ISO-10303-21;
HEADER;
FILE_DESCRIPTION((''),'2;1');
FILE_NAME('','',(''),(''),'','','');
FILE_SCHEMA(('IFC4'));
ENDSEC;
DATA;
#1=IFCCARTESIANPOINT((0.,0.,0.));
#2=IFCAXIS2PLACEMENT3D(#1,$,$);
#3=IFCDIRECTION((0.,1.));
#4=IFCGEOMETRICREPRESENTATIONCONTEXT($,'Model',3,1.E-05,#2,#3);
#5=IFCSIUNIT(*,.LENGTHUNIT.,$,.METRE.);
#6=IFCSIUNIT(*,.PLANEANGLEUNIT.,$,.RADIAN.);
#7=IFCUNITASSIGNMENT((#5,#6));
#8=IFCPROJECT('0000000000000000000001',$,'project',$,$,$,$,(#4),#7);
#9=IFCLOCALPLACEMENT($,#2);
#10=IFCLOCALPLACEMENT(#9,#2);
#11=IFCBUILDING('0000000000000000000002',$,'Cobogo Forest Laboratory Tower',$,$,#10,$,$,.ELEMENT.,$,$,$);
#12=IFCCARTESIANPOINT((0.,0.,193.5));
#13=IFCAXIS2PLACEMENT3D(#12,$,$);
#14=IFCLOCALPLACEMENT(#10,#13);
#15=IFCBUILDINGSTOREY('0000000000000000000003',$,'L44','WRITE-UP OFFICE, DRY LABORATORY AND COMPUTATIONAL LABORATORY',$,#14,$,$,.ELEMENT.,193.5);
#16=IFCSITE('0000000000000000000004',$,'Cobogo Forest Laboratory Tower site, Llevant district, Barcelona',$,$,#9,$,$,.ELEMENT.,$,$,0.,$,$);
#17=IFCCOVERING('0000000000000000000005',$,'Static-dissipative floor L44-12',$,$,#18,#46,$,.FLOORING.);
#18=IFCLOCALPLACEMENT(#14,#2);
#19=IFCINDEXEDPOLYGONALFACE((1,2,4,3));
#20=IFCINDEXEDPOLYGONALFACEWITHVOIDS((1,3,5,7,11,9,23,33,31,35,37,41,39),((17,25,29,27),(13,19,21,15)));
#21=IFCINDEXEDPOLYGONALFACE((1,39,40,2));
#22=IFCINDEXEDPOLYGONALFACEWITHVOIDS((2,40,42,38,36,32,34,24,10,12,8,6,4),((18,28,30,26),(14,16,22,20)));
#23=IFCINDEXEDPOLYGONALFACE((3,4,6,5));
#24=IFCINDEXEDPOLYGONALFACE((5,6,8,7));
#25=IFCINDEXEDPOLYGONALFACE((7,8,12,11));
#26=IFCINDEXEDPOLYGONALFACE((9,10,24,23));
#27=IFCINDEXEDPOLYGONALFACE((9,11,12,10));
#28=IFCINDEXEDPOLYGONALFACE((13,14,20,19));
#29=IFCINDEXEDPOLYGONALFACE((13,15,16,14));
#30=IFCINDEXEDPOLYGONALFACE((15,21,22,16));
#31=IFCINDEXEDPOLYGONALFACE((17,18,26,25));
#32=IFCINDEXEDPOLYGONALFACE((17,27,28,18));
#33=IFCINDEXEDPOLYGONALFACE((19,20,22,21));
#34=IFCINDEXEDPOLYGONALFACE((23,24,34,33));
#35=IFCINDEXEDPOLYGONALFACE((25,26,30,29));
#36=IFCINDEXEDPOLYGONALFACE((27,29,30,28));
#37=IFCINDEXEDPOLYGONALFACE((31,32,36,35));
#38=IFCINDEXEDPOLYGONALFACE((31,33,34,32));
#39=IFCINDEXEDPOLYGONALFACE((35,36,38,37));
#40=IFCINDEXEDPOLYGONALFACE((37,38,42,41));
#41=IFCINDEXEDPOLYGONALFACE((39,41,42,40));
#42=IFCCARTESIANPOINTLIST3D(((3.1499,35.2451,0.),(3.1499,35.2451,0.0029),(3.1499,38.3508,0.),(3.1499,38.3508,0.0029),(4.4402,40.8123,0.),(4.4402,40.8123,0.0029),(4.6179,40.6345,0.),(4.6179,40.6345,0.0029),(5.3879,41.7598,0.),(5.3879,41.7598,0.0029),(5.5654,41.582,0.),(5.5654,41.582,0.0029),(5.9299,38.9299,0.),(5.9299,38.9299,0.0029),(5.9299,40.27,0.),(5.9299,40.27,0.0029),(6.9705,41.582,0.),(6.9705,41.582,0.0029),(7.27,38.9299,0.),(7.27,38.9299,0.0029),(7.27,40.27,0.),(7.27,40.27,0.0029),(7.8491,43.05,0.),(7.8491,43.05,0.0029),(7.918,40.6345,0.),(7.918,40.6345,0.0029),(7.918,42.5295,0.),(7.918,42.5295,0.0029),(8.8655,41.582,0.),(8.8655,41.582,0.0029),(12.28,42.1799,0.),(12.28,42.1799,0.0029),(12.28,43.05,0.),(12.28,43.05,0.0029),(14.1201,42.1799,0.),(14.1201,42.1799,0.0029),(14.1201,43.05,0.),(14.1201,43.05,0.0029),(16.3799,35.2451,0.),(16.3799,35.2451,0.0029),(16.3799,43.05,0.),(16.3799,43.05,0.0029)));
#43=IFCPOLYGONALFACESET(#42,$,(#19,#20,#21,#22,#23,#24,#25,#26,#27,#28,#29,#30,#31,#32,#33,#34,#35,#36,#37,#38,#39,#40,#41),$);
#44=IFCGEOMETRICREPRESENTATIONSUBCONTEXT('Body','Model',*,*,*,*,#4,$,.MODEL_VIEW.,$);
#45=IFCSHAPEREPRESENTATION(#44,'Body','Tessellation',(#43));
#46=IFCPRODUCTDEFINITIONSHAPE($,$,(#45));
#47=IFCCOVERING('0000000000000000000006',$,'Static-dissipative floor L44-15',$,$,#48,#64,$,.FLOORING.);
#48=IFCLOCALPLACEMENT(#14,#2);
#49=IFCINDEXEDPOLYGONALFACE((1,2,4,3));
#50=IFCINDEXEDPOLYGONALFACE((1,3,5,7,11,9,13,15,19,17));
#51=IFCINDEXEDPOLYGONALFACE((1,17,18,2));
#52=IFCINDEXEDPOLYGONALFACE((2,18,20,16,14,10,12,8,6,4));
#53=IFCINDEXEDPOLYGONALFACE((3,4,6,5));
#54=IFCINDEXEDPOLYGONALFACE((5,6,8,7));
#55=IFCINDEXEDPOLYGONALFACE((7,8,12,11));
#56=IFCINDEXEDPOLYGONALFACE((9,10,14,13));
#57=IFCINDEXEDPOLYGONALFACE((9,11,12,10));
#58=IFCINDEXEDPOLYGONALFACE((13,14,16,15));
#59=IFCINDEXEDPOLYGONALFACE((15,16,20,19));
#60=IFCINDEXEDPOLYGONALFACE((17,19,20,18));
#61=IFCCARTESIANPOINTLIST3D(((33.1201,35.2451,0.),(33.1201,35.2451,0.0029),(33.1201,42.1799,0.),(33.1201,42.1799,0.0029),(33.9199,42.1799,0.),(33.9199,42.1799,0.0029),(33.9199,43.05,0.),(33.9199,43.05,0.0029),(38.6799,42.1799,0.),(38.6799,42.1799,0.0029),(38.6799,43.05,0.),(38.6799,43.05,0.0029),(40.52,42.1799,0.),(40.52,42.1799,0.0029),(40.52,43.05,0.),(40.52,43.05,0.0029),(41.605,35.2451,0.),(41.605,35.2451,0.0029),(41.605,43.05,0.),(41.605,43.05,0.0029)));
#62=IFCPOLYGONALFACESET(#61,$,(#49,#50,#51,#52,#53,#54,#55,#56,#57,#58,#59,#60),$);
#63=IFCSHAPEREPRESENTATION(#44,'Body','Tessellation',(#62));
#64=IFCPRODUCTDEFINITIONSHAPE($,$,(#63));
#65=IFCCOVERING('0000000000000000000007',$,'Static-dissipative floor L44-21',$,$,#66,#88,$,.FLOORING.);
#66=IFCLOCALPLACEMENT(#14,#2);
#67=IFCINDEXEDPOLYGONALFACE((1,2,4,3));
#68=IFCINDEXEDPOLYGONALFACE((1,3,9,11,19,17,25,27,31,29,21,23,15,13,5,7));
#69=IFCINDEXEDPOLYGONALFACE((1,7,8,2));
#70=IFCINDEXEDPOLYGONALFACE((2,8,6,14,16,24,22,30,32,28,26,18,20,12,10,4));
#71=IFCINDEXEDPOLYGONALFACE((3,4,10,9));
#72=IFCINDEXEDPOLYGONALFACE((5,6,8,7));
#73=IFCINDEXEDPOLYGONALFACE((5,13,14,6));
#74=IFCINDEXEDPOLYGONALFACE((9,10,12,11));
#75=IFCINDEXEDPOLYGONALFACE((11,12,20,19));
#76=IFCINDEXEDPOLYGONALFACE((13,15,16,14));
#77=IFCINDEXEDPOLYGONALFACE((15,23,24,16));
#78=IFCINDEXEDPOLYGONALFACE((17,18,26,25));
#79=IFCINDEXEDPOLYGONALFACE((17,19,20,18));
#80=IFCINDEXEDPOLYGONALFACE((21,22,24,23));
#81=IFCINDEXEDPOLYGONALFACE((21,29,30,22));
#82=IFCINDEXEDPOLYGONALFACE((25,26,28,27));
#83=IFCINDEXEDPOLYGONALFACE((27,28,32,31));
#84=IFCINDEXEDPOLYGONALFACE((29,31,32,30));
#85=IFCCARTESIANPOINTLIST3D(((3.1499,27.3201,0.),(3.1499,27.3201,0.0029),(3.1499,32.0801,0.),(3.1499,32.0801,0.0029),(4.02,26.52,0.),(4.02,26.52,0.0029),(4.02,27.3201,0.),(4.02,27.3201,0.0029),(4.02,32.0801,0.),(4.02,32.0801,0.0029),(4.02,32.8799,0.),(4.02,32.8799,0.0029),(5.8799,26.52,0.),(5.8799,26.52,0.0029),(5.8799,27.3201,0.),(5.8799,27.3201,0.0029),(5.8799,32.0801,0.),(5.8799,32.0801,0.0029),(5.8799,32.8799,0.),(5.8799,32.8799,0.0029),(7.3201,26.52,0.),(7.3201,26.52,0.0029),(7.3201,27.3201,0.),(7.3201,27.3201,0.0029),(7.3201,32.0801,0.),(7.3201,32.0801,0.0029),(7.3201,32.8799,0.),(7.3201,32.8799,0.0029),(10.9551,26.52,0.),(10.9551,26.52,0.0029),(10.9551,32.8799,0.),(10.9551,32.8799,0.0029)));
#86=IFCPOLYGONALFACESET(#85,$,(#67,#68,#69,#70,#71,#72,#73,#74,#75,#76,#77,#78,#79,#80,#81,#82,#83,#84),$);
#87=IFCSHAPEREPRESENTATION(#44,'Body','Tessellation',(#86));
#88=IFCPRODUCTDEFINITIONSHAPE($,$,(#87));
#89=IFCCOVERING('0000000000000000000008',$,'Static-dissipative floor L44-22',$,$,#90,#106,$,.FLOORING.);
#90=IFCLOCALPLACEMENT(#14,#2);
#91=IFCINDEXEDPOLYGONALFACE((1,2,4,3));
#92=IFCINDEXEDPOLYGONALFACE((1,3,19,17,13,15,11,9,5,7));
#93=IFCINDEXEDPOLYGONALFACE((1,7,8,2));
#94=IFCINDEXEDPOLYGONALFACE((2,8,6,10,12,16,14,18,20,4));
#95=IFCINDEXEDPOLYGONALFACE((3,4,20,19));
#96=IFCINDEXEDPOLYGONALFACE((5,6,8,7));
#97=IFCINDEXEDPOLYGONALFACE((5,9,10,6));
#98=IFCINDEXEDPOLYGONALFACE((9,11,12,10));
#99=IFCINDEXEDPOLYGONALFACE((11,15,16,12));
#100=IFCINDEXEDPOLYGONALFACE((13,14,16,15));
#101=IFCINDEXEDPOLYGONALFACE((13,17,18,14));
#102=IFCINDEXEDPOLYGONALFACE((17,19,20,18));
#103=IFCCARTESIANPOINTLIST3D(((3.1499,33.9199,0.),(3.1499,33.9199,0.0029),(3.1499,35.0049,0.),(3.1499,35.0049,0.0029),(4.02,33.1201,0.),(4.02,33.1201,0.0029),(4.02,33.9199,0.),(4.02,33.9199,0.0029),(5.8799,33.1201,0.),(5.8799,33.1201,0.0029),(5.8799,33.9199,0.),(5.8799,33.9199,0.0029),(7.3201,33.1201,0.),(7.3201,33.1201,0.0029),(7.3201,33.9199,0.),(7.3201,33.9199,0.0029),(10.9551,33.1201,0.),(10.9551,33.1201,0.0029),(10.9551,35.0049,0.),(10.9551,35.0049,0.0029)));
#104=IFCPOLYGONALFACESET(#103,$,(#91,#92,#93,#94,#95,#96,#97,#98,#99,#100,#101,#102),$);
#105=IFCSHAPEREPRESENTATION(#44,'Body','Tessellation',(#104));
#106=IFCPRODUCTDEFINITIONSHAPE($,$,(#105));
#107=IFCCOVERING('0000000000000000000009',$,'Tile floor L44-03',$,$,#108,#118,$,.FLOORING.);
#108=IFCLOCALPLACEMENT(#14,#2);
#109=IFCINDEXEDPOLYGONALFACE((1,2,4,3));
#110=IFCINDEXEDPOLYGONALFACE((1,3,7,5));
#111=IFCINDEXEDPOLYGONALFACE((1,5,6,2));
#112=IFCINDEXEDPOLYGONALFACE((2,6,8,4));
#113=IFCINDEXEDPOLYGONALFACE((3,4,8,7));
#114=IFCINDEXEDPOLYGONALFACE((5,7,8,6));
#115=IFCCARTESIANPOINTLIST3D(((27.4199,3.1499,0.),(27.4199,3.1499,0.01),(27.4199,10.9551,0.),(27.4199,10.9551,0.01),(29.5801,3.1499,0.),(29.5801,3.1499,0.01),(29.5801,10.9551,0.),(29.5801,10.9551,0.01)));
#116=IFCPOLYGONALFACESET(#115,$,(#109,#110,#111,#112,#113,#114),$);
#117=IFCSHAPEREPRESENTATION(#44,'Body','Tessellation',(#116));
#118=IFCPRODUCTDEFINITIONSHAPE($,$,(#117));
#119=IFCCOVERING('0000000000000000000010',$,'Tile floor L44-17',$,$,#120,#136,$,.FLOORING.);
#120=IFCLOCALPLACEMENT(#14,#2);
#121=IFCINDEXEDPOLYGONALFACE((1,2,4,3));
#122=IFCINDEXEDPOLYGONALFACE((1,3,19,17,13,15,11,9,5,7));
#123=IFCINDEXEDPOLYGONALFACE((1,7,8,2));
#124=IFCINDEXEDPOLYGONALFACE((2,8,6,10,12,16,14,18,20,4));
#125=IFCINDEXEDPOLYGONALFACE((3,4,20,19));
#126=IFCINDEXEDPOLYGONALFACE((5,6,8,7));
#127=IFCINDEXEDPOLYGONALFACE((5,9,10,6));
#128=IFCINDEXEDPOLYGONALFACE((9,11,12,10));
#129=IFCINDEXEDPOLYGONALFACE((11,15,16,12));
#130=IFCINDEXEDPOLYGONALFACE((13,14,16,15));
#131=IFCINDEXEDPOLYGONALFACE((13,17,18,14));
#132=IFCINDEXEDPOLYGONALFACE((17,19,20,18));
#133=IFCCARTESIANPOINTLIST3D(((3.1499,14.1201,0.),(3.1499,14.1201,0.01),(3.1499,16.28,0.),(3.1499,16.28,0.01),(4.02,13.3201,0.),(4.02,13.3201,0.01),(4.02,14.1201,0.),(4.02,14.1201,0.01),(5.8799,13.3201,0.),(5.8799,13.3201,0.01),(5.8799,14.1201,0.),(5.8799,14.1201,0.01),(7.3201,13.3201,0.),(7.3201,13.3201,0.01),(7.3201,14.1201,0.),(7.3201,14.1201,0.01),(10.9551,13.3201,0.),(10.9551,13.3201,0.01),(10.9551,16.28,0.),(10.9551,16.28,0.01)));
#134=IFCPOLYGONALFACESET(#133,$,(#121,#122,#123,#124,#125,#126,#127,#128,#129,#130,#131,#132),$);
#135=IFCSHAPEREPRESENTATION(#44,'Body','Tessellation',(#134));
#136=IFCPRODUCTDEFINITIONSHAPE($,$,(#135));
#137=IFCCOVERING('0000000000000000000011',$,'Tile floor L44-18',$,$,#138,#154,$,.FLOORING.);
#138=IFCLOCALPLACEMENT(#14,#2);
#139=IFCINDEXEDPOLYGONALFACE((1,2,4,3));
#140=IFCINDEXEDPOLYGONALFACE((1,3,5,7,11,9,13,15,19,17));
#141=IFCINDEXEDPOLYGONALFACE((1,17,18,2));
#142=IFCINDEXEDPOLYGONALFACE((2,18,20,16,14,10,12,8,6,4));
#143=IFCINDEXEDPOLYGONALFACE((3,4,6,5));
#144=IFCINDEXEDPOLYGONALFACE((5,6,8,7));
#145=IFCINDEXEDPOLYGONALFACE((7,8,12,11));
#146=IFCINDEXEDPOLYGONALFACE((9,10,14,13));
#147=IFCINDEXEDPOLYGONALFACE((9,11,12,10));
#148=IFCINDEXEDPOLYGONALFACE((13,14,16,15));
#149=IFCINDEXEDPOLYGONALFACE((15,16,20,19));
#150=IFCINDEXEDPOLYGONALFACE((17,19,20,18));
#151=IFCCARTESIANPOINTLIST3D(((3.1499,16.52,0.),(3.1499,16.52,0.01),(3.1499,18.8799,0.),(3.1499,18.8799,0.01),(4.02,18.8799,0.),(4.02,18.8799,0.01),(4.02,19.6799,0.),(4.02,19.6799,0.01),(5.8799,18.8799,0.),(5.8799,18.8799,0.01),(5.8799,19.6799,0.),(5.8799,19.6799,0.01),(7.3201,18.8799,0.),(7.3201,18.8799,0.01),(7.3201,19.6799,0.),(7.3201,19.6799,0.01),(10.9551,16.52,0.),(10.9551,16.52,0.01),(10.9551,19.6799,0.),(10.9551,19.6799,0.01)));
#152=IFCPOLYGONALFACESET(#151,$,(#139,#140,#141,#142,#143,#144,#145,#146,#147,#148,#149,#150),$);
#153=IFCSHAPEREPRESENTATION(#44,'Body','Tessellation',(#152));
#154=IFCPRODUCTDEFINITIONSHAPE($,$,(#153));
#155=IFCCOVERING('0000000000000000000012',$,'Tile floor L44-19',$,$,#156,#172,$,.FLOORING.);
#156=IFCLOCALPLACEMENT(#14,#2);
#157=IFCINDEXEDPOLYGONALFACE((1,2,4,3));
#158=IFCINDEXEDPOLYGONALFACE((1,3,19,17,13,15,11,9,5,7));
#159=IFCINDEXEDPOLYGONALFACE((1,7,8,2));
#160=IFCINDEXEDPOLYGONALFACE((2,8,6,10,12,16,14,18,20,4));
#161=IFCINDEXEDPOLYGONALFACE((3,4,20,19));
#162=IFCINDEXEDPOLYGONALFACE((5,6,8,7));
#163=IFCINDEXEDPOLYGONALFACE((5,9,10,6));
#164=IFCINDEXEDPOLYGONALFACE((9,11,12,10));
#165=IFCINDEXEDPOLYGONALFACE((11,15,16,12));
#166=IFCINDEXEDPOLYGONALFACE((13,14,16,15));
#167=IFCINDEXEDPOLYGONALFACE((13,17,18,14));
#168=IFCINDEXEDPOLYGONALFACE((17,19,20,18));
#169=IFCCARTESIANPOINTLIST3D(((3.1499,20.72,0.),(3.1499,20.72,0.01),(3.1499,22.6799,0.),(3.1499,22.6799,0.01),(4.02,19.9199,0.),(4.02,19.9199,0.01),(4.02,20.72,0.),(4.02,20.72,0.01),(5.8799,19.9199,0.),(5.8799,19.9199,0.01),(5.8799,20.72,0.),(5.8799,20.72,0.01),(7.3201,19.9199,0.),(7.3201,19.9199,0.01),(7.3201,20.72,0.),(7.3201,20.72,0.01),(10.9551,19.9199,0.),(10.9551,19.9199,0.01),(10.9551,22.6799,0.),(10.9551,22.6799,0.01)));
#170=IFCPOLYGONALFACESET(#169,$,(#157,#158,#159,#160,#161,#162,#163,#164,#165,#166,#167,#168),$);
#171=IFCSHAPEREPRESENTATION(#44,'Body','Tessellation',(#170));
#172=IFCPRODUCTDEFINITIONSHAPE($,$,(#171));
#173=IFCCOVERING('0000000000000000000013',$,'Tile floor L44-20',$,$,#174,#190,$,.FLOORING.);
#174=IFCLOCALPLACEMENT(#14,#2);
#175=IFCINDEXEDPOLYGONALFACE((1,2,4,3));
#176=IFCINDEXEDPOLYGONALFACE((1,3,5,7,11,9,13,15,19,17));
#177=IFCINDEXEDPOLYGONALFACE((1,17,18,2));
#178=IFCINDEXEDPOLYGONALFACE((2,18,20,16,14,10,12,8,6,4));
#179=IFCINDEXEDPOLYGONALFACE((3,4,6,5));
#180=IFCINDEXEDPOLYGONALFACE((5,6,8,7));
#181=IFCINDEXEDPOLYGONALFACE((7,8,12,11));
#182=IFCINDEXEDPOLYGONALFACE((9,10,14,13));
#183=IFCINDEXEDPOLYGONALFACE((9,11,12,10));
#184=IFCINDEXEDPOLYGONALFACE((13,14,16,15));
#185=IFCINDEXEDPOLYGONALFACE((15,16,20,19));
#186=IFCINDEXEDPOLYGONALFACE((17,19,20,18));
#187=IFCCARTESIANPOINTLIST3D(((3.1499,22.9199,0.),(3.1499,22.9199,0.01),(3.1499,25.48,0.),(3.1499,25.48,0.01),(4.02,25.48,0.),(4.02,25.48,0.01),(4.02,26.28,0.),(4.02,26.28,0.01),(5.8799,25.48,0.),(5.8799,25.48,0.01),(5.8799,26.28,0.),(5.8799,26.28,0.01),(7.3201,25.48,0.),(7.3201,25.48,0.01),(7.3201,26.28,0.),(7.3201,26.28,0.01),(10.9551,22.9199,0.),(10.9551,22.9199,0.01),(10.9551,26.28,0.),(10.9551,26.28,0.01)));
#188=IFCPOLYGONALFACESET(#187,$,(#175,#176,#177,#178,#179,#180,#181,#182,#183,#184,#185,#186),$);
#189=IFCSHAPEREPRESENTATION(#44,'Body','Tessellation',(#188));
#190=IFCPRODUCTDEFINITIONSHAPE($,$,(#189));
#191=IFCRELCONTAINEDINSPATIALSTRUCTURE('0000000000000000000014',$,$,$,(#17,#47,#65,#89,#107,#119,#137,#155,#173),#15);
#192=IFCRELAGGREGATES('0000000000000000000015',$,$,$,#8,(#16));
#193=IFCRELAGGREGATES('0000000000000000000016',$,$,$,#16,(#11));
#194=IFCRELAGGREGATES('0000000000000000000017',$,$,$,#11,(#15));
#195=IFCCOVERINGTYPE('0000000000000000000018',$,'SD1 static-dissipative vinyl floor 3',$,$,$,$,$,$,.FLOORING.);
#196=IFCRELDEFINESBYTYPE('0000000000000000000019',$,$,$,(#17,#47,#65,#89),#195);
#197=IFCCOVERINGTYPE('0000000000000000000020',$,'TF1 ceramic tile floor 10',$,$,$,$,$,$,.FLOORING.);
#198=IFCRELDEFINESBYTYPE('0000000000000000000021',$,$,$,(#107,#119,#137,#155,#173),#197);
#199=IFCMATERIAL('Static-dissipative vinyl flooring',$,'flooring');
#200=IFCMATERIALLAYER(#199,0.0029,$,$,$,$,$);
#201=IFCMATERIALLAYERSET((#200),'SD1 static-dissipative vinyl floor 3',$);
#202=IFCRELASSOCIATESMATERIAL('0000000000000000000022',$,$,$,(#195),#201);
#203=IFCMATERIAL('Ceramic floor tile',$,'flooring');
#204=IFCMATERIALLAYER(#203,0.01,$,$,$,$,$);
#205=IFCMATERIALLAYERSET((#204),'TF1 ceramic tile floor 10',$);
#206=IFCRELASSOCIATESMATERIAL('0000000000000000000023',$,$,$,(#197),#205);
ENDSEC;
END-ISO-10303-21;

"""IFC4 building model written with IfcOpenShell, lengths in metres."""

from ifc_helpers import new_model, si_unit, direction, frame, origin, place, context, subcontext, project, spatial, polyline, outline, extrude, material, layer, layer_set, type_object, element, save


model = new_model("IFC4")

# Units and contexts
model_context = context("Model", 3, precision=1e-05, world=origin(), true_north=direction((0.0, 1.0)))
body_context = subcontext(model_context, "Body", "Model", "MODEL_VIEW")
ifc_project = project(units=[si_unit("LENGTHUNIT", "METRE"), si_unit("PLANEANGLEUNIT", "RADIAN")], contexts=[model_context])

# Site, building, storey
site_placement = place(None, origin())
site = spatial("IfcSite", under=ifc_project, at=site_placement, Name="Cobogo Forest Laboratory Tower site, Llevant district, Barcelona", CompositionType="ELEMENT", RefElevation=0.0)
building_placement = place(site_placement, origin())
building = spatial("IfcBuilding", under=site, at=building_placement, Name="Cobogo Forest Laboratory Tower", CompositionType="ELEMENT")
storey_placement = place(building_placement, frame((0.0, 0.0, 193.5)))
storey = spatial("IfcBuildingStorey", under=building, at=storey_placement, Name="L44", Description="WRITE-UP OFFICE, DRY LABORATORY AND COMPUTATIONAL LABORATORY", CompositionType="ELEMENT", Elevation=193.5)

# Coverings
ifc_material_1 = material(Name="Static-dissipative vinyl flooring", Category="flooring")
ifc_layer_1 = layer(ifc_material_1, 0.0029)
ifc_layer_set_1 = layer_set([ifc_layer_1], Name="SD1 static-dissipative vinyl floor 3")
covering_type_1 = type_object("IfcCoveringType", Name="SD1 static-dissipative vinyl floor 3", PredefinedType="FLOORING", material=ifc_layer_set_1)
covering_1_placement = place(storey_placement, origin())
element("IfcCovering", 1, at=covering_1_placement, inside=storey, type_object=covering_type_1, Name="Static-dissipative floor L44-12", PredefinedType="FLOORING", context=body_context, shape_type="SweptSolid", body=[
    extrude(outline(polyline([(3.1499, 35.2451), (3.1499, 38.3508), (4.4402, 40.8123), (4.6179, 40.6345), (5.5654, 41.582), (5.3879, 41.7598), (7.8491, 43.05), (12.28, 43.05), (12.28, 42.1799), (14.1201, 42.1799), (14.1201, 43.05), (16.3799, 43.05), (16.3799, 35.2451), (3.1499, 35.2451)]), holes=[polyline([(7.918, 40.6345), (8.8655, 41.582), (7.918, 42.5295), (6.9705, 41.582), (7.918, 40.6345)]), polyline([(5.9299, 38.9299), (7.27, 38.9299), (7.27, 40.27), (5.9299, 40.27), (5.9299, 38.9299)])]), origin(), (0.0, 0.0, 1.0), 0.0029),
])
covering_2_placement = place(storey_placement, origin())
element("IfcCovering", 2, at=covering_2_placement, inside=storey, type_object=covering_type_1, Name="Static-dissipative floor L44-15", PredefinedType="FLOORING", context=body_context, shape_type="SweptSolid", body=[
    extrude(outline(polyline([(33.1201, 35.2451), (33.1201, 42.1799), (33.9199, 42.1799), (33.9199, 43.05), (38.6799, 43.05), (38.6799, 42.1799), (40.52, 42.1799), (40.52, 43.05), (41.605, 43.05), (41.605, 35.2451), (33.1201, 35.2451)])), origin(), (0.0, 0.0, 1.0), 0.0029),
])
covering_3_placement = place(storey_placement, origin())
element("IfcCovering", 3, at=covering_3_placement, inside=storey, type_object=covering_type_1, Name="Static-dissipative floor L44-21", PredefinedType="FLOORING", context=body_context, shape_type="SweptSolid", body=[
    extrude(outline(polyline([(10.9551, 26.52), (7.3201, 26.52), (7.3201, 27.3201), (5.8799, 27.3201), (5.8799, 26.52), (4.02, 26.52), (4.02, 27.3201), (3.1499, 27.3201), (3.1499, 32.0801), (4.02, 32.0801), (4.02, 32.8799), (5.8799, 32.8799), (5.8799, 32.0801), (7.3201, 32.0801), (7.3201, 32.8799), (10.9551, 32.8799), (10.9551, 26.52)])), origin(), (0.0, 0.0, 1.0), 0.0029),
])
covering_4_placement = place(storey_placement, origin())
element("IfcCovering", 4, at=covering_4_placement, inside=storey, type_object=covering_type_1, Name="Static-dissipative floor L44-22", PredefinedType="FLOORING", context=body_context, shape_type="SweptSolid", body=[
    extrude(outline(polyline([(10.9551, 33.1201), (7.3201, 33.1201), (7.3201, 33.9199), (5.8799, 33.9199), (5.8799, 33.1201), (4.02, 33.1201), (4.02, 33.9199), (3.1499, 33.9199), (3.1499, 35.0049), (10.9551, 35.0049), (10.9551, 33.1201)])), origin(), (0.0, 0.0, 1.0), 0.0029),
])
ifc_material_2 = material(Name="Ceramic floor tile", Category="flooring")
ifc_layer_2 = layer(ifc_material_2, 0.01)
ifc_layer_set_2 = layer_set([ifc_layer_2], Name="TF1 ceramic tile floor 10")
covering_type_2 = type_object("IfcCoveringType", Name="TF1 ceramic tile floor 10", PredefinedType="FLOORING", material=ifc_layer_set_2)
covering_5_placement = place(storey_placement, origin())
element("IfcCovering", 5, at=covering_5_placement, inside=storey, type_object=covering_type_2, Name="Tile floor L44-03", PredefinedType="FLOORING", context=body_context, shape_type="SweptSolid", body=[
    extrude(outline(polyline([(27.4199, 10.9551), (29.5801, 10.9551), (29.5801, 3.1499), (27.4199, 3.1499), (27.4199, 10.9551)])), origin(), (0.0, 0.0, 1.0), 0.01),
])
covering_6_placement = place(storey_placement, origin())
element("IfcCovering", 6, at=covering_6_placement, inside=storey, type_object=covering_type_2, Name="Tile floor L44-17", PredefinedType="FLOORING", context=body_context, shape_type="SweptSolid", body=[
    extrude(outline(polyline([(10.9551, 13.3201), (7.3201, 13.3201), (7.3201, 14.1201), (5.8799, 14.1201), (5.8799, 13.3201), (4.02, 13.3201), (4.02, 14.1201), (3.1499, 14.1201), (3.1499, 16.28), (10.9551, 16.28), (10.9551, 13.3201)])), origin(), (0.0, 0.0, 1.0), 0.01),
])
covering_7_placement = place(storey_placement, origin())
element("IfcCovering", 7, at=covering_7_placement, inside=storey, type_object=covering_type_2, Name="Tile floor L44-18", PredefinedType="FLOORING", context=body_context, shape_type="SweptSolid", body=[
    extrude(outline(polyline([(10.9551, 16.52), (3.1499, 16.52), (3.1499, 18.8799), (4.02, 18.8799), (4.02, 19.6799), (5.8799, 19.6799), (5.8799, 18.8799), (7.3201, 18.8799), (7.3201, 19.6799), (10.9551, 19.6799), (10.9551, 16.52)])), origin(), (0.0, 0.0, 1.0), 0.01),
])
covering_8_placement = place(storey_placement, origin())
element("IfcCovering", 8, at=covering_8_placement, inside=storey, type_object=covering_type_2, Name="Tile floor L44-19", PredefinedType="FLOORING", context=body_context, shape_type="SweptSolid", body=[
    extrude(outline(polyline([(10.9551, 19.9199), (7.3201, 19.9199), (7.3201, 20.72), (5.8799, 20.72), (5.8799, 19.9199), (4.02, 19.9199), (4.02, 20.72), (3.1499, 20.72), (3.1499, 22.6799), (10.9551, 22.6799), (10.9551, 19.9199)])), origin(), (0.0, 0.0, 1.0), 0.01),
])
covering_9_placement = place(storey_placement, origin())
element("IfcCovering", 9, at=covering_9_placement, inside=storey, type_object=covering_type_2, Name="Tile floor L44-20", PredefinedType="FLOORING", context=body_context, shape_type="SweptSolid", body=[
    extrude(outline(polyline([(10.9551, 22.9199), (3.1499, 22.9199), (3.1499, 25.48), (4.02, 25.48), (4.02, 26.28), (5.8799, 26.28), (5.8799, 25.48), (7.3201, 25.48), (7.3201, 26.28), (10.9551, 26.28), (10.9551, 22.9199)])), origin(), (0.0, 0.0, 1.0), 0.01),
])

save(model, "model.ifc")
